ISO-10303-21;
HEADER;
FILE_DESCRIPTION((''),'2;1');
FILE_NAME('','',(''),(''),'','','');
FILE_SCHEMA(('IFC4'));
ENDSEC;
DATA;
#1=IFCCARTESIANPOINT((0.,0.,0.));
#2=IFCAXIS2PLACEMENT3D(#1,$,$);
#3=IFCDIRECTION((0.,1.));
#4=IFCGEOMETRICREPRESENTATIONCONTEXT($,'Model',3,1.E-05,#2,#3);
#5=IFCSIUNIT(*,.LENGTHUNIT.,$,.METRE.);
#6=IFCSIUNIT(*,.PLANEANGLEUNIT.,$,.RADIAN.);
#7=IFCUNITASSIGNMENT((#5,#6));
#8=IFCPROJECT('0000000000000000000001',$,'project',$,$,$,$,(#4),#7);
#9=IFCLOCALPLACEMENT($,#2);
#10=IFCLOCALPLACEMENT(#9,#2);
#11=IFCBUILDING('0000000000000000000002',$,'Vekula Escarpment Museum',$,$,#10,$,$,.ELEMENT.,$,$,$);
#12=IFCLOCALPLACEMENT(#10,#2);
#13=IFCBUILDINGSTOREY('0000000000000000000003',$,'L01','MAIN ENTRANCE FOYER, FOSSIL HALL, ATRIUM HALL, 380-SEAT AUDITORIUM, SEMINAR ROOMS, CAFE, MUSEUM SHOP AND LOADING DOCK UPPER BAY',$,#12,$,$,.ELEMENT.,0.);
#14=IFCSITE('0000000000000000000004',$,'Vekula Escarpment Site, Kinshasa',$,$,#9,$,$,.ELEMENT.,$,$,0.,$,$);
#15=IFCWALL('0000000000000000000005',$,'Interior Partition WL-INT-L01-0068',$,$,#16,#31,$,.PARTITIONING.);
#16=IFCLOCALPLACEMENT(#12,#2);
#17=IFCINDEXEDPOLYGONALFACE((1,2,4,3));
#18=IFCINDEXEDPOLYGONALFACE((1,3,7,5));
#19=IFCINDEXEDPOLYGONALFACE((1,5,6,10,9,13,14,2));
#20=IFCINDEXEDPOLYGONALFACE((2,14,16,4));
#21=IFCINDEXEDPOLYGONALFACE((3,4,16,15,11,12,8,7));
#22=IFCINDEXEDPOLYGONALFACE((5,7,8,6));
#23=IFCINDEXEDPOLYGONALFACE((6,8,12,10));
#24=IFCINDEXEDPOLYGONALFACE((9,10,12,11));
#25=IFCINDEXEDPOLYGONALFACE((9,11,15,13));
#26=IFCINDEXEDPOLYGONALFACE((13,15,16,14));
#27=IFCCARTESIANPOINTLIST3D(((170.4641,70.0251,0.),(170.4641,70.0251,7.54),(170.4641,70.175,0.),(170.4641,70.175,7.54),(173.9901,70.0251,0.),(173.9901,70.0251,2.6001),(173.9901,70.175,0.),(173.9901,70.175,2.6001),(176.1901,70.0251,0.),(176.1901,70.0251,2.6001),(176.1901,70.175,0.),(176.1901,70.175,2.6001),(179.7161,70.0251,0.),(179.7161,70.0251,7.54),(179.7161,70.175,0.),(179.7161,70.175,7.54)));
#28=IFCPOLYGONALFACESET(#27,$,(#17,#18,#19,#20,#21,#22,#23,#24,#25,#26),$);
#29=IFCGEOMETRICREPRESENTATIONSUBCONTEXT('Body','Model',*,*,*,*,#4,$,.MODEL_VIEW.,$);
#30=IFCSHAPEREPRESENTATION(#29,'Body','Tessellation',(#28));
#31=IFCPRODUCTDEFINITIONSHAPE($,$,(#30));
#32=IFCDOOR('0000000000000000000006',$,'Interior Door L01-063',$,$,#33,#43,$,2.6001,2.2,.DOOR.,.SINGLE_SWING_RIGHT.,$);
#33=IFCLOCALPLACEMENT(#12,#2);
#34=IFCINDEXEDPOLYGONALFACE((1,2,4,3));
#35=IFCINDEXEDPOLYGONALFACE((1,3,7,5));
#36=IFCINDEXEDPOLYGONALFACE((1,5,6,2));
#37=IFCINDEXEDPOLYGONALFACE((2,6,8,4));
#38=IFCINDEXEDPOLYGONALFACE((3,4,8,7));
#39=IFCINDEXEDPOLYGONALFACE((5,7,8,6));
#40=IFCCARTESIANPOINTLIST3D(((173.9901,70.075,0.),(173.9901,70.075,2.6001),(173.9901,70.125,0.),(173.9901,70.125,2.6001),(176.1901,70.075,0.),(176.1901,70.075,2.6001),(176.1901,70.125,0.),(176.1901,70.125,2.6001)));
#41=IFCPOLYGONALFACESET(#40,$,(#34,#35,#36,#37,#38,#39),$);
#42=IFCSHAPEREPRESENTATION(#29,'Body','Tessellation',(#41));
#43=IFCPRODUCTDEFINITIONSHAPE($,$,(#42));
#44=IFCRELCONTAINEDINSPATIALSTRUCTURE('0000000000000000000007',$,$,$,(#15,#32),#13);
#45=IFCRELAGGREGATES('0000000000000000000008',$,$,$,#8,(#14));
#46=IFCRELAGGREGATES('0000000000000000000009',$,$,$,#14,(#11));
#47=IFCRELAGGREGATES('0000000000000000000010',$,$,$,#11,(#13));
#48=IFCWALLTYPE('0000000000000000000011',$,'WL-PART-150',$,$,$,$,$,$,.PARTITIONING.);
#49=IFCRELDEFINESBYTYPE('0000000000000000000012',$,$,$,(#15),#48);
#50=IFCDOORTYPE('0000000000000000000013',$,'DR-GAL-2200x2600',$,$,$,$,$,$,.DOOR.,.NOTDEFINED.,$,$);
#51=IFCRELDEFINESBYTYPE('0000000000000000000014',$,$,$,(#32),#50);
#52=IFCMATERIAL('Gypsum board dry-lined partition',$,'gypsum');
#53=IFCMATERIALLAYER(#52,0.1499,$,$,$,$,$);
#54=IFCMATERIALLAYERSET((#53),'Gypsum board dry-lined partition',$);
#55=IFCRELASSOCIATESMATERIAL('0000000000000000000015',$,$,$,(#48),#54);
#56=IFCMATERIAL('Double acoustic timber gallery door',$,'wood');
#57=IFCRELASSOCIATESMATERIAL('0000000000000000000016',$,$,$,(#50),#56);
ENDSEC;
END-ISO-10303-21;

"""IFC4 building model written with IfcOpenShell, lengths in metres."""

from ifc_helpers import new_model, si_unit, direction, frame, frame_2d, origin, place, context, subcontext, project, spatial, rectangle, extrude, material, layer, layer_set, type_object, element, fill, save


model = new_model("IFC4")

# Units and contexts
model_context = context("Model", 3, precision=1e-05, world=origin(), true_north=direction((0.0, 1.0)))
body_context = subcontext(model_context, "Body", "Model", "MODEL_VIEW")
ifc_project = project(units=[si_unit("LENGTHUNIT", "METRE"), si_unit("PLANEANGLEUNIT", "RADIAN")], contexts=[model_context])

# Site, building, storey
site_placement = place(None, origin())
site = spatial("IfcSite", under=ifc_project, at=site_placement, Name="Vekula Escarpment Site, Kinshasa", CompositionType="ELEMENT", RefElevation=0.0)
building_placement = place(site_placement, origin())
building = spatial("IfcBuilding", under=site, at=building_placement, Name="Vekula Escarpment Museum", CompositionType="ELEMENT")
storey_placement = place(building_placement, origin())
storey = spatial("IfcBuildingStorey", under=building, at=storey_placement, Name="L01", Description="MAIN ENTRANCE FOYER, FOSSIL HALL, ATRIUM HALL, 380-SEAT AUDITORIUM, SEMINAR ROOMS, CAFE, MUSEUM SHOP AND LOADING DOCK UPPER BAY", CompositionType="ELEMENT", Elevation=0.0)

# Wall, opening, door
ifc_material_1 = material(Name="Gypsum board dry-lined partition", Category="gypsum")
ifc_layer_1 = layer(ifc_material_1, 0.1499)
ifc_layer_set_1 = layer_set([ifc_layer_1], Name="Gypsum board dry-lined partition")
wall_type_1 = type_object("IfcWallType", Name="WL-PART-150", PredefinedType="PARTITIONING", material=ifc_layer_set_1)
wall_1_placement = place(storey_placement, frame((170.4641, 70.1001, 0.0), z_axis=(0.0, 0.0, 1.0), x_axis=(1.0, 0.0, 0.0)))
wall_1 = element("IfcWall", 1, at=wall_1_placement, inside=storey, type_object=wall_type_1, Name="Interior Partition WL-INT-L01-0068", PredefinedType="PARTITIONING", context=body_context, shape_type="SweptSolid", body=[
    extrude(rectangle(XDim=9.252, YDim=0.1499, at=frame_2d((4.626, 0.0))), origin(), (0.0, 0.0, 1.0), 7.54),
])
opening_1_placement = place(wall_1_placement, frame((3.5259, 0.0, 0.0)))
opening_1 = element("IfcOpeningElement", 2, at=opening_1_placement, cuts=wall_1, PredefinedType="OPENING", context=body_context, shape_type="SweptSolid", body=[
    extrude(rectangle(XDim=2.2, YDim=2.6001, at=frame_2d((1.1001, 1.3))), frame((0.0, 0.085, 0.0), z_axis=(0.0, -1.0, 0.0), x_axis=(1.0, 0.0, 0.0)), (0.0, 0.0, 1.0), 0.1699),
])
ifc_material_2 = material(Name="Double acoustic timber gallery door", Category="wood")
door_type_1 = type_object("IfcDoorType", Name="DR-GAL-2200x2600", OperationType="NOTDEFINED", PredefinedType="DOOR", material=ifc_material_2)
door_1_placement = place(opening_1_placement, origin())
door_1 = element("IfcDoor", 3, at=door_1_placement, inside=storey, type_object=door_type_1, Name="Interior Door L01-063", OperationType="SINGLE_SWING_RIGHT", OverallHeight=2.6001, OverallWidth=2.2, PredefinedType="DOOR", context=body_context, shape_type="SweptSolid", body=[
    extrude(rectangle(XDim=2.2, YDim=2.6001, at=frame_2d((1.1001, 1.3))), frame((0.0, 0.0249, 0.0), z_axis=(0.0, -1.0, 0.0), x_axis=(1.0, 0.0, 0.0)), (0.0, 0.0, 1.0), 0.05),
])
fill(opening_1, door_1)

save(model, "model.ifc")
